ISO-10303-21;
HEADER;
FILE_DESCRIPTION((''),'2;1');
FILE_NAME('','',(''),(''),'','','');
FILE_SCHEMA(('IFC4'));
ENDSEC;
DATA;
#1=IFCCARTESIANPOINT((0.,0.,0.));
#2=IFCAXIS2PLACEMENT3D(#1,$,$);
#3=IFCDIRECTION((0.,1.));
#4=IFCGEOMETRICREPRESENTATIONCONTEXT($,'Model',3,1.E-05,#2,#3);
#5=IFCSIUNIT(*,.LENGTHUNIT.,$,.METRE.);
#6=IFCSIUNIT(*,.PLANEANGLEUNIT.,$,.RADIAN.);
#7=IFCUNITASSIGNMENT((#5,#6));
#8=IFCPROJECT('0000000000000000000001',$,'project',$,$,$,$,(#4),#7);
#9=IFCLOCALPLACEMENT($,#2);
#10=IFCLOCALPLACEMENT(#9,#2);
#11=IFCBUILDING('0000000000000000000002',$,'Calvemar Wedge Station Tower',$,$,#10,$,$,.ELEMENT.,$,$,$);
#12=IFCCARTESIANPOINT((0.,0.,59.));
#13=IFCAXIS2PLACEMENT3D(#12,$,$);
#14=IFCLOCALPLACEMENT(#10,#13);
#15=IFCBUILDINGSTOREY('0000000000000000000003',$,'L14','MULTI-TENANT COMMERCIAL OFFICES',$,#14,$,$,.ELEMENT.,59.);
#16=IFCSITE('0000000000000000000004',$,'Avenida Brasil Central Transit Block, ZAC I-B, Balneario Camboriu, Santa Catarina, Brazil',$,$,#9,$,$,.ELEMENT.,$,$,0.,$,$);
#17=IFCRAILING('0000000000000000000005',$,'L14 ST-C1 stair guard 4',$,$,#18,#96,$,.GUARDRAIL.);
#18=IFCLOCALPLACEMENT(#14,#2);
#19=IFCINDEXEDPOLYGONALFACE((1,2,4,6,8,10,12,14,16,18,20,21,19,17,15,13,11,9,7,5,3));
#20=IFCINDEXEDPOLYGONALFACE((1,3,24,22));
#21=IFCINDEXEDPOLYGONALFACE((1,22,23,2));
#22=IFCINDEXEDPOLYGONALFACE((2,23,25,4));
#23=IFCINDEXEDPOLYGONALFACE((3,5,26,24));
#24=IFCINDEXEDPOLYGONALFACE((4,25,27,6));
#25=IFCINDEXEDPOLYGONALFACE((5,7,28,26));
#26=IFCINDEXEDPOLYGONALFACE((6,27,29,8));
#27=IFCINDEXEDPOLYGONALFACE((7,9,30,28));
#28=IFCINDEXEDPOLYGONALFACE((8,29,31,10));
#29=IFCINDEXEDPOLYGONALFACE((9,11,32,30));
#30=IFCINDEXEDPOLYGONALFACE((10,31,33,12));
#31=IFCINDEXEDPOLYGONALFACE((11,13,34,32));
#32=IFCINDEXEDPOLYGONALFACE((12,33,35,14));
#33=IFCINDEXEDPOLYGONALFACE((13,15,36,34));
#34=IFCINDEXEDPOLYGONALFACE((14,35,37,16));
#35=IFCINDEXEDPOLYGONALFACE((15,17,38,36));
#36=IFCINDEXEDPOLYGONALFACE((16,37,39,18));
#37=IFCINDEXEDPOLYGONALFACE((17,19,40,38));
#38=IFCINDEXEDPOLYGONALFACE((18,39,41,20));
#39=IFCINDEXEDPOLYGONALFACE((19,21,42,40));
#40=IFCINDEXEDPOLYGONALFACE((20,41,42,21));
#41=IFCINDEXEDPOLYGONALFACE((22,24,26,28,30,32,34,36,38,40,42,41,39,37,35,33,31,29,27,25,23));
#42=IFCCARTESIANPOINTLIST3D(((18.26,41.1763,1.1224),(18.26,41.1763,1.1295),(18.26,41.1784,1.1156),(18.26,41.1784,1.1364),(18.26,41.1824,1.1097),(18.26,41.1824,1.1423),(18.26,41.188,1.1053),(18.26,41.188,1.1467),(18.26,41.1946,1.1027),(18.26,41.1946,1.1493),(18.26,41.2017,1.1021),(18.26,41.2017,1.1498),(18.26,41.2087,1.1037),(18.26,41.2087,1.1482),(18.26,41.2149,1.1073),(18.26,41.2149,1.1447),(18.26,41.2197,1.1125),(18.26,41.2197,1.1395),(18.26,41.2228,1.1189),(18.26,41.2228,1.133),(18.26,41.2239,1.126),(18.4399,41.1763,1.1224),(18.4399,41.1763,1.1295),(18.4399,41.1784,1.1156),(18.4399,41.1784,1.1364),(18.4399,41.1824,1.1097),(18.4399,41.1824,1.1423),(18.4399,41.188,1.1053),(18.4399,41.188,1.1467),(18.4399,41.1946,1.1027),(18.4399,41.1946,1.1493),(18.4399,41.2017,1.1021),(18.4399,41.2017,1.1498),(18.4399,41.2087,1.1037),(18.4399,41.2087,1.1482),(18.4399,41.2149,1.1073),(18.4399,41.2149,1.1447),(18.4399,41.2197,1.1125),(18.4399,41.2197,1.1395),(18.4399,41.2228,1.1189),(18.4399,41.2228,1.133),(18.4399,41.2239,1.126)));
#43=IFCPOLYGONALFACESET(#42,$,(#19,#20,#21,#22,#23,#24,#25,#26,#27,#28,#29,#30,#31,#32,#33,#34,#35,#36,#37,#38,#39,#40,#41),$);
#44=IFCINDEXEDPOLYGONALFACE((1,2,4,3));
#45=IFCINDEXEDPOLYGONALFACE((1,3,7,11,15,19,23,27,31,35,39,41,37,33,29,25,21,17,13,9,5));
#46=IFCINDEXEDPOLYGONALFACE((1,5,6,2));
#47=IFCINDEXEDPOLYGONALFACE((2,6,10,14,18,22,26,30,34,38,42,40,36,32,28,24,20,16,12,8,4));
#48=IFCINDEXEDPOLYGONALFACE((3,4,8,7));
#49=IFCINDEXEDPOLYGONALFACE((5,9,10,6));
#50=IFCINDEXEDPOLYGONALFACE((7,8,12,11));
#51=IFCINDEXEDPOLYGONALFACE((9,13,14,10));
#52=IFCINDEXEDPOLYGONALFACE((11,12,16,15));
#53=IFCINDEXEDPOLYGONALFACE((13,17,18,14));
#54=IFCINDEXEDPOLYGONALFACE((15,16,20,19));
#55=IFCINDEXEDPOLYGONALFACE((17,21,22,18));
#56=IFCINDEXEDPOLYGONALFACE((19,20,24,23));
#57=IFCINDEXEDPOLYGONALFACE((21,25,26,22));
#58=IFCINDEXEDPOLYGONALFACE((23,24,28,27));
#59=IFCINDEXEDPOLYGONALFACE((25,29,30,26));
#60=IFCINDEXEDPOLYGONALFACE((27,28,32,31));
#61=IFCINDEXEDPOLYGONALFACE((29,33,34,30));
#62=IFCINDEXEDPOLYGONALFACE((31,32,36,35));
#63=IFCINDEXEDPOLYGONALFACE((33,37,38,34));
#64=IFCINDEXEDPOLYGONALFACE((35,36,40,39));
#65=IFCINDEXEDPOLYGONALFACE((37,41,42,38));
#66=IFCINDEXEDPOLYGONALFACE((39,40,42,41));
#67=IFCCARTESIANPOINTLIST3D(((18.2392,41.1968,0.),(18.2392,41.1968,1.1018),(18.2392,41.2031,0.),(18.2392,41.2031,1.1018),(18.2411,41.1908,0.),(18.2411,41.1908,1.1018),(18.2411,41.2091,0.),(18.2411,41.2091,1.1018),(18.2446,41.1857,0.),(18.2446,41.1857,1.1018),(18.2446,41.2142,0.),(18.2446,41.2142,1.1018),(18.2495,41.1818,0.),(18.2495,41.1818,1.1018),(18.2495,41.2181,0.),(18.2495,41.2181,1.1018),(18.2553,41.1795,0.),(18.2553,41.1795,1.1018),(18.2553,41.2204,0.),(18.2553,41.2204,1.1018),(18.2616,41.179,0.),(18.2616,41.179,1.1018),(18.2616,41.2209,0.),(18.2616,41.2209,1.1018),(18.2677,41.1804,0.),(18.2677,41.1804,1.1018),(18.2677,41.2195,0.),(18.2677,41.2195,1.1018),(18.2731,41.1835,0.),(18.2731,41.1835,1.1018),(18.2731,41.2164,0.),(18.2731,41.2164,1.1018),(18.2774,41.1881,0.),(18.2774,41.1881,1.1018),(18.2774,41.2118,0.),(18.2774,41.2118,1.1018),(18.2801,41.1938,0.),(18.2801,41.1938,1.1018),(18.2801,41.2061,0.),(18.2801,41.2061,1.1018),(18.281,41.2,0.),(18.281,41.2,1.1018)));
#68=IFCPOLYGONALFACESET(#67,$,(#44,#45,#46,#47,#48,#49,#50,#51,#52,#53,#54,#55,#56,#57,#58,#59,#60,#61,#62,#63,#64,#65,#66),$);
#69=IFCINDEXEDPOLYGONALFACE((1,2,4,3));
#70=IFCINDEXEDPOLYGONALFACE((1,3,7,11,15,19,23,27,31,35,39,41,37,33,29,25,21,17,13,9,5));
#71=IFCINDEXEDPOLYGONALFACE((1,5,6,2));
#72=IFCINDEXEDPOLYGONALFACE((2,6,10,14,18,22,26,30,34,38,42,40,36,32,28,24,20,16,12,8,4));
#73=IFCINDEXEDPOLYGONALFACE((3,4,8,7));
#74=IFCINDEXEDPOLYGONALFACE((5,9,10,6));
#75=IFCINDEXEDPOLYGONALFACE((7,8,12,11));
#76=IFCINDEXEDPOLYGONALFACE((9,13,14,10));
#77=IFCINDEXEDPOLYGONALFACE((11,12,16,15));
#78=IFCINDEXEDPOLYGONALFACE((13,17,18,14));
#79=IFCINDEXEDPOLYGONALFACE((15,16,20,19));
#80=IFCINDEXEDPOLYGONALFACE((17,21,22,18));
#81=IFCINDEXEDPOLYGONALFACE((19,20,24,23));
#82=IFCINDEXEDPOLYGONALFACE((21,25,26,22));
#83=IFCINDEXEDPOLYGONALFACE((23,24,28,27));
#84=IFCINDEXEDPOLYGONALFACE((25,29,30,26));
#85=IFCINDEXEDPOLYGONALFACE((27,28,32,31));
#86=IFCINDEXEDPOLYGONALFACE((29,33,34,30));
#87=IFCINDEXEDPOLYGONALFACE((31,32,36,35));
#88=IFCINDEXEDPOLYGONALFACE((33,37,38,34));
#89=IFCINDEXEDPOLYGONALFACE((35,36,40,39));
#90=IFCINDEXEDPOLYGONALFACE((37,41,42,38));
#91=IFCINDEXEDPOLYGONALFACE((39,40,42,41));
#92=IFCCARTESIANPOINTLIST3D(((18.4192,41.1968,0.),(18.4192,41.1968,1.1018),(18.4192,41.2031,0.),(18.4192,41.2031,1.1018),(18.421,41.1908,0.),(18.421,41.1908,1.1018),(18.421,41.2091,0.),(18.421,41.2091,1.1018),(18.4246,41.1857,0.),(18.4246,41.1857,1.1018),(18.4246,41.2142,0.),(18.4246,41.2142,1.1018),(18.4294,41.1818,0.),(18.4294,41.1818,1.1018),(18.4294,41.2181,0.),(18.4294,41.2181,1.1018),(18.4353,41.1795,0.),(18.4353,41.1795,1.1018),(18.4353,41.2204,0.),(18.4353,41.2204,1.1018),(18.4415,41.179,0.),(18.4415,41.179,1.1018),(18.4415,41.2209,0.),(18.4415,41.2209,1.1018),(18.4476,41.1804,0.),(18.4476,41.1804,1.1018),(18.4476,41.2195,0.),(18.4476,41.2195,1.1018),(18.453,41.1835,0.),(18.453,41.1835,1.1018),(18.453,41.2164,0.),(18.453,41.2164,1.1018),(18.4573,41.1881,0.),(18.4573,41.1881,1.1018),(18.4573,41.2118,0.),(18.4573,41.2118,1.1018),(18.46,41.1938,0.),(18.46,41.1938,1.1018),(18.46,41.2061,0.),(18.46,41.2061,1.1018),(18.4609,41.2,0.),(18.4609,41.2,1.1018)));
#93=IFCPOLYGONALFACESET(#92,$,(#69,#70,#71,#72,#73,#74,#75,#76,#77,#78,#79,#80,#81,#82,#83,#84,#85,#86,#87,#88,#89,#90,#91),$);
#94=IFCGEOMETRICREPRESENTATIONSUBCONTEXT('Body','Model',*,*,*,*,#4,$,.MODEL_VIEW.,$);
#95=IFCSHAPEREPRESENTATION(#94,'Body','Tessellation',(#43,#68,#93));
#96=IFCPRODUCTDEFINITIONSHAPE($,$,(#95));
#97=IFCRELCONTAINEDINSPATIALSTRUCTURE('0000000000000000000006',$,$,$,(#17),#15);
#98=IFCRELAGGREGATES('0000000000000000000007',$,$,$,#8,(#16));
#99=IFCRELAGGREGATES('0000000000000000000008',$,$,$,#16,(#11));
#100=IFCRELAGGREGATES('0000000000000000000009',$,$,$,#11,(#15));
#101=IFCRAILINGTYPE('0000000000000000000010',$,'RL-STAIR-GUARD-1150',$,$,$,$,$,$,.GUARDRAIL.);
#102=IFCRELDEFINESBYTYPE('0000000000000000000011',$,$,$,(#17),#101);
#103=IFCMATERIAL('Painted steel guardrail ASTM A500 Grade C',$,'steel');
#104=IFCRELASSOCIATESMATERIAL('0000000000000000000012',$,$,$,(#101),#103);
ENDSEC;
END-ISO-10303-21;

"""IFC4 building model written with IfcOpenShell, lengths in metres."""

from ifc_helpers import new_model, si_unit, direction, frame, origin, origin_2d, place, context, subcontext, project, spatial, circle, extrude, material, type_object, element, save


model = new_model("IFC4")

# Units and contexts
model_context = context("Model", 3, precision=1e-05, world=origin(), true_north=direction((0.0, 1.0)))
body_context = subcontext(model_context, "Body", "Model", "MODEL_VIEW")
ifc_project = project(units=[si_unit("LENGTHUNIT", "METRE"), si_unit("PLANEANGLEUNIT", "RADIAN")], contexts=[model_context])

# Site, building, storey
site_placement = place(None, origin())
site = spatial("IfcSite", under=ifc_project, at=site_placement, Name="Avenida Brasil Central Transit Block, ZAC I-B, Balneario Camboriu, Santa Catarina, Brazil", CompositionType="ELEMENT", RefElevation=0.0)
building_placement = place(site_placement, origin())
building = spatial("IfcBuilding", under=site, at=building_placement, Name="Calvemar Wedge Station Tower", CompositionType="ELEMENT")
storey_placement = place(building_placement, frame((0.0, 0.0, 59.0)))
storey = spatial("IfcBuildingStorey", under=building, at=storey_placement, Name="L14", Description="MULTI-TENANT COMMERCIAL OFFICES", CompositionType="ELEMENT", Elevation=59.0)

# Railing
ifc_material_1 = material(Name="Painted steel guardrail ASTM A500 Grade C", Category="steel")
railing_type_1 = type_object("IfcRailingType", Name="RL-STAIR-GUARD-1150", PredefinedType="GUARDRAIL", material=ifc_material_1)
railing_1_placement = place(storey_placement, frame((18.26, 41.2, 0.0)))
element("IfcRailing", 1, at=railing_1_placement, inside=storey, type_object=railing_type_1, Name="L14 ST-C1 stair guard 4", PredefinedType="GUARDRAIL", context=body_context, shape_type="SweptSolid", body=[
    extrude(circle(Radius=0.0239, at=origin_2d()), frame((0.0, 0.0, 1.126), z_axis=(1.0, 0.0, 0.0), x_axis=(0.0, 1.0, 0.0)), (0.0, 0.0, 1.0), 0.1799),
    extrude(circle(Radius=0.021, at=origin_2d()), origin(), (0.0, 0.0, 1.0), 1.1018),
    extrude(circle(Radius=0.021, at=origin_2d()), frame((0.1799, 0.0, 0.0)), (0.0, 0.0, 1.0), 1.1018),
])

save(model, "model.ifc")
